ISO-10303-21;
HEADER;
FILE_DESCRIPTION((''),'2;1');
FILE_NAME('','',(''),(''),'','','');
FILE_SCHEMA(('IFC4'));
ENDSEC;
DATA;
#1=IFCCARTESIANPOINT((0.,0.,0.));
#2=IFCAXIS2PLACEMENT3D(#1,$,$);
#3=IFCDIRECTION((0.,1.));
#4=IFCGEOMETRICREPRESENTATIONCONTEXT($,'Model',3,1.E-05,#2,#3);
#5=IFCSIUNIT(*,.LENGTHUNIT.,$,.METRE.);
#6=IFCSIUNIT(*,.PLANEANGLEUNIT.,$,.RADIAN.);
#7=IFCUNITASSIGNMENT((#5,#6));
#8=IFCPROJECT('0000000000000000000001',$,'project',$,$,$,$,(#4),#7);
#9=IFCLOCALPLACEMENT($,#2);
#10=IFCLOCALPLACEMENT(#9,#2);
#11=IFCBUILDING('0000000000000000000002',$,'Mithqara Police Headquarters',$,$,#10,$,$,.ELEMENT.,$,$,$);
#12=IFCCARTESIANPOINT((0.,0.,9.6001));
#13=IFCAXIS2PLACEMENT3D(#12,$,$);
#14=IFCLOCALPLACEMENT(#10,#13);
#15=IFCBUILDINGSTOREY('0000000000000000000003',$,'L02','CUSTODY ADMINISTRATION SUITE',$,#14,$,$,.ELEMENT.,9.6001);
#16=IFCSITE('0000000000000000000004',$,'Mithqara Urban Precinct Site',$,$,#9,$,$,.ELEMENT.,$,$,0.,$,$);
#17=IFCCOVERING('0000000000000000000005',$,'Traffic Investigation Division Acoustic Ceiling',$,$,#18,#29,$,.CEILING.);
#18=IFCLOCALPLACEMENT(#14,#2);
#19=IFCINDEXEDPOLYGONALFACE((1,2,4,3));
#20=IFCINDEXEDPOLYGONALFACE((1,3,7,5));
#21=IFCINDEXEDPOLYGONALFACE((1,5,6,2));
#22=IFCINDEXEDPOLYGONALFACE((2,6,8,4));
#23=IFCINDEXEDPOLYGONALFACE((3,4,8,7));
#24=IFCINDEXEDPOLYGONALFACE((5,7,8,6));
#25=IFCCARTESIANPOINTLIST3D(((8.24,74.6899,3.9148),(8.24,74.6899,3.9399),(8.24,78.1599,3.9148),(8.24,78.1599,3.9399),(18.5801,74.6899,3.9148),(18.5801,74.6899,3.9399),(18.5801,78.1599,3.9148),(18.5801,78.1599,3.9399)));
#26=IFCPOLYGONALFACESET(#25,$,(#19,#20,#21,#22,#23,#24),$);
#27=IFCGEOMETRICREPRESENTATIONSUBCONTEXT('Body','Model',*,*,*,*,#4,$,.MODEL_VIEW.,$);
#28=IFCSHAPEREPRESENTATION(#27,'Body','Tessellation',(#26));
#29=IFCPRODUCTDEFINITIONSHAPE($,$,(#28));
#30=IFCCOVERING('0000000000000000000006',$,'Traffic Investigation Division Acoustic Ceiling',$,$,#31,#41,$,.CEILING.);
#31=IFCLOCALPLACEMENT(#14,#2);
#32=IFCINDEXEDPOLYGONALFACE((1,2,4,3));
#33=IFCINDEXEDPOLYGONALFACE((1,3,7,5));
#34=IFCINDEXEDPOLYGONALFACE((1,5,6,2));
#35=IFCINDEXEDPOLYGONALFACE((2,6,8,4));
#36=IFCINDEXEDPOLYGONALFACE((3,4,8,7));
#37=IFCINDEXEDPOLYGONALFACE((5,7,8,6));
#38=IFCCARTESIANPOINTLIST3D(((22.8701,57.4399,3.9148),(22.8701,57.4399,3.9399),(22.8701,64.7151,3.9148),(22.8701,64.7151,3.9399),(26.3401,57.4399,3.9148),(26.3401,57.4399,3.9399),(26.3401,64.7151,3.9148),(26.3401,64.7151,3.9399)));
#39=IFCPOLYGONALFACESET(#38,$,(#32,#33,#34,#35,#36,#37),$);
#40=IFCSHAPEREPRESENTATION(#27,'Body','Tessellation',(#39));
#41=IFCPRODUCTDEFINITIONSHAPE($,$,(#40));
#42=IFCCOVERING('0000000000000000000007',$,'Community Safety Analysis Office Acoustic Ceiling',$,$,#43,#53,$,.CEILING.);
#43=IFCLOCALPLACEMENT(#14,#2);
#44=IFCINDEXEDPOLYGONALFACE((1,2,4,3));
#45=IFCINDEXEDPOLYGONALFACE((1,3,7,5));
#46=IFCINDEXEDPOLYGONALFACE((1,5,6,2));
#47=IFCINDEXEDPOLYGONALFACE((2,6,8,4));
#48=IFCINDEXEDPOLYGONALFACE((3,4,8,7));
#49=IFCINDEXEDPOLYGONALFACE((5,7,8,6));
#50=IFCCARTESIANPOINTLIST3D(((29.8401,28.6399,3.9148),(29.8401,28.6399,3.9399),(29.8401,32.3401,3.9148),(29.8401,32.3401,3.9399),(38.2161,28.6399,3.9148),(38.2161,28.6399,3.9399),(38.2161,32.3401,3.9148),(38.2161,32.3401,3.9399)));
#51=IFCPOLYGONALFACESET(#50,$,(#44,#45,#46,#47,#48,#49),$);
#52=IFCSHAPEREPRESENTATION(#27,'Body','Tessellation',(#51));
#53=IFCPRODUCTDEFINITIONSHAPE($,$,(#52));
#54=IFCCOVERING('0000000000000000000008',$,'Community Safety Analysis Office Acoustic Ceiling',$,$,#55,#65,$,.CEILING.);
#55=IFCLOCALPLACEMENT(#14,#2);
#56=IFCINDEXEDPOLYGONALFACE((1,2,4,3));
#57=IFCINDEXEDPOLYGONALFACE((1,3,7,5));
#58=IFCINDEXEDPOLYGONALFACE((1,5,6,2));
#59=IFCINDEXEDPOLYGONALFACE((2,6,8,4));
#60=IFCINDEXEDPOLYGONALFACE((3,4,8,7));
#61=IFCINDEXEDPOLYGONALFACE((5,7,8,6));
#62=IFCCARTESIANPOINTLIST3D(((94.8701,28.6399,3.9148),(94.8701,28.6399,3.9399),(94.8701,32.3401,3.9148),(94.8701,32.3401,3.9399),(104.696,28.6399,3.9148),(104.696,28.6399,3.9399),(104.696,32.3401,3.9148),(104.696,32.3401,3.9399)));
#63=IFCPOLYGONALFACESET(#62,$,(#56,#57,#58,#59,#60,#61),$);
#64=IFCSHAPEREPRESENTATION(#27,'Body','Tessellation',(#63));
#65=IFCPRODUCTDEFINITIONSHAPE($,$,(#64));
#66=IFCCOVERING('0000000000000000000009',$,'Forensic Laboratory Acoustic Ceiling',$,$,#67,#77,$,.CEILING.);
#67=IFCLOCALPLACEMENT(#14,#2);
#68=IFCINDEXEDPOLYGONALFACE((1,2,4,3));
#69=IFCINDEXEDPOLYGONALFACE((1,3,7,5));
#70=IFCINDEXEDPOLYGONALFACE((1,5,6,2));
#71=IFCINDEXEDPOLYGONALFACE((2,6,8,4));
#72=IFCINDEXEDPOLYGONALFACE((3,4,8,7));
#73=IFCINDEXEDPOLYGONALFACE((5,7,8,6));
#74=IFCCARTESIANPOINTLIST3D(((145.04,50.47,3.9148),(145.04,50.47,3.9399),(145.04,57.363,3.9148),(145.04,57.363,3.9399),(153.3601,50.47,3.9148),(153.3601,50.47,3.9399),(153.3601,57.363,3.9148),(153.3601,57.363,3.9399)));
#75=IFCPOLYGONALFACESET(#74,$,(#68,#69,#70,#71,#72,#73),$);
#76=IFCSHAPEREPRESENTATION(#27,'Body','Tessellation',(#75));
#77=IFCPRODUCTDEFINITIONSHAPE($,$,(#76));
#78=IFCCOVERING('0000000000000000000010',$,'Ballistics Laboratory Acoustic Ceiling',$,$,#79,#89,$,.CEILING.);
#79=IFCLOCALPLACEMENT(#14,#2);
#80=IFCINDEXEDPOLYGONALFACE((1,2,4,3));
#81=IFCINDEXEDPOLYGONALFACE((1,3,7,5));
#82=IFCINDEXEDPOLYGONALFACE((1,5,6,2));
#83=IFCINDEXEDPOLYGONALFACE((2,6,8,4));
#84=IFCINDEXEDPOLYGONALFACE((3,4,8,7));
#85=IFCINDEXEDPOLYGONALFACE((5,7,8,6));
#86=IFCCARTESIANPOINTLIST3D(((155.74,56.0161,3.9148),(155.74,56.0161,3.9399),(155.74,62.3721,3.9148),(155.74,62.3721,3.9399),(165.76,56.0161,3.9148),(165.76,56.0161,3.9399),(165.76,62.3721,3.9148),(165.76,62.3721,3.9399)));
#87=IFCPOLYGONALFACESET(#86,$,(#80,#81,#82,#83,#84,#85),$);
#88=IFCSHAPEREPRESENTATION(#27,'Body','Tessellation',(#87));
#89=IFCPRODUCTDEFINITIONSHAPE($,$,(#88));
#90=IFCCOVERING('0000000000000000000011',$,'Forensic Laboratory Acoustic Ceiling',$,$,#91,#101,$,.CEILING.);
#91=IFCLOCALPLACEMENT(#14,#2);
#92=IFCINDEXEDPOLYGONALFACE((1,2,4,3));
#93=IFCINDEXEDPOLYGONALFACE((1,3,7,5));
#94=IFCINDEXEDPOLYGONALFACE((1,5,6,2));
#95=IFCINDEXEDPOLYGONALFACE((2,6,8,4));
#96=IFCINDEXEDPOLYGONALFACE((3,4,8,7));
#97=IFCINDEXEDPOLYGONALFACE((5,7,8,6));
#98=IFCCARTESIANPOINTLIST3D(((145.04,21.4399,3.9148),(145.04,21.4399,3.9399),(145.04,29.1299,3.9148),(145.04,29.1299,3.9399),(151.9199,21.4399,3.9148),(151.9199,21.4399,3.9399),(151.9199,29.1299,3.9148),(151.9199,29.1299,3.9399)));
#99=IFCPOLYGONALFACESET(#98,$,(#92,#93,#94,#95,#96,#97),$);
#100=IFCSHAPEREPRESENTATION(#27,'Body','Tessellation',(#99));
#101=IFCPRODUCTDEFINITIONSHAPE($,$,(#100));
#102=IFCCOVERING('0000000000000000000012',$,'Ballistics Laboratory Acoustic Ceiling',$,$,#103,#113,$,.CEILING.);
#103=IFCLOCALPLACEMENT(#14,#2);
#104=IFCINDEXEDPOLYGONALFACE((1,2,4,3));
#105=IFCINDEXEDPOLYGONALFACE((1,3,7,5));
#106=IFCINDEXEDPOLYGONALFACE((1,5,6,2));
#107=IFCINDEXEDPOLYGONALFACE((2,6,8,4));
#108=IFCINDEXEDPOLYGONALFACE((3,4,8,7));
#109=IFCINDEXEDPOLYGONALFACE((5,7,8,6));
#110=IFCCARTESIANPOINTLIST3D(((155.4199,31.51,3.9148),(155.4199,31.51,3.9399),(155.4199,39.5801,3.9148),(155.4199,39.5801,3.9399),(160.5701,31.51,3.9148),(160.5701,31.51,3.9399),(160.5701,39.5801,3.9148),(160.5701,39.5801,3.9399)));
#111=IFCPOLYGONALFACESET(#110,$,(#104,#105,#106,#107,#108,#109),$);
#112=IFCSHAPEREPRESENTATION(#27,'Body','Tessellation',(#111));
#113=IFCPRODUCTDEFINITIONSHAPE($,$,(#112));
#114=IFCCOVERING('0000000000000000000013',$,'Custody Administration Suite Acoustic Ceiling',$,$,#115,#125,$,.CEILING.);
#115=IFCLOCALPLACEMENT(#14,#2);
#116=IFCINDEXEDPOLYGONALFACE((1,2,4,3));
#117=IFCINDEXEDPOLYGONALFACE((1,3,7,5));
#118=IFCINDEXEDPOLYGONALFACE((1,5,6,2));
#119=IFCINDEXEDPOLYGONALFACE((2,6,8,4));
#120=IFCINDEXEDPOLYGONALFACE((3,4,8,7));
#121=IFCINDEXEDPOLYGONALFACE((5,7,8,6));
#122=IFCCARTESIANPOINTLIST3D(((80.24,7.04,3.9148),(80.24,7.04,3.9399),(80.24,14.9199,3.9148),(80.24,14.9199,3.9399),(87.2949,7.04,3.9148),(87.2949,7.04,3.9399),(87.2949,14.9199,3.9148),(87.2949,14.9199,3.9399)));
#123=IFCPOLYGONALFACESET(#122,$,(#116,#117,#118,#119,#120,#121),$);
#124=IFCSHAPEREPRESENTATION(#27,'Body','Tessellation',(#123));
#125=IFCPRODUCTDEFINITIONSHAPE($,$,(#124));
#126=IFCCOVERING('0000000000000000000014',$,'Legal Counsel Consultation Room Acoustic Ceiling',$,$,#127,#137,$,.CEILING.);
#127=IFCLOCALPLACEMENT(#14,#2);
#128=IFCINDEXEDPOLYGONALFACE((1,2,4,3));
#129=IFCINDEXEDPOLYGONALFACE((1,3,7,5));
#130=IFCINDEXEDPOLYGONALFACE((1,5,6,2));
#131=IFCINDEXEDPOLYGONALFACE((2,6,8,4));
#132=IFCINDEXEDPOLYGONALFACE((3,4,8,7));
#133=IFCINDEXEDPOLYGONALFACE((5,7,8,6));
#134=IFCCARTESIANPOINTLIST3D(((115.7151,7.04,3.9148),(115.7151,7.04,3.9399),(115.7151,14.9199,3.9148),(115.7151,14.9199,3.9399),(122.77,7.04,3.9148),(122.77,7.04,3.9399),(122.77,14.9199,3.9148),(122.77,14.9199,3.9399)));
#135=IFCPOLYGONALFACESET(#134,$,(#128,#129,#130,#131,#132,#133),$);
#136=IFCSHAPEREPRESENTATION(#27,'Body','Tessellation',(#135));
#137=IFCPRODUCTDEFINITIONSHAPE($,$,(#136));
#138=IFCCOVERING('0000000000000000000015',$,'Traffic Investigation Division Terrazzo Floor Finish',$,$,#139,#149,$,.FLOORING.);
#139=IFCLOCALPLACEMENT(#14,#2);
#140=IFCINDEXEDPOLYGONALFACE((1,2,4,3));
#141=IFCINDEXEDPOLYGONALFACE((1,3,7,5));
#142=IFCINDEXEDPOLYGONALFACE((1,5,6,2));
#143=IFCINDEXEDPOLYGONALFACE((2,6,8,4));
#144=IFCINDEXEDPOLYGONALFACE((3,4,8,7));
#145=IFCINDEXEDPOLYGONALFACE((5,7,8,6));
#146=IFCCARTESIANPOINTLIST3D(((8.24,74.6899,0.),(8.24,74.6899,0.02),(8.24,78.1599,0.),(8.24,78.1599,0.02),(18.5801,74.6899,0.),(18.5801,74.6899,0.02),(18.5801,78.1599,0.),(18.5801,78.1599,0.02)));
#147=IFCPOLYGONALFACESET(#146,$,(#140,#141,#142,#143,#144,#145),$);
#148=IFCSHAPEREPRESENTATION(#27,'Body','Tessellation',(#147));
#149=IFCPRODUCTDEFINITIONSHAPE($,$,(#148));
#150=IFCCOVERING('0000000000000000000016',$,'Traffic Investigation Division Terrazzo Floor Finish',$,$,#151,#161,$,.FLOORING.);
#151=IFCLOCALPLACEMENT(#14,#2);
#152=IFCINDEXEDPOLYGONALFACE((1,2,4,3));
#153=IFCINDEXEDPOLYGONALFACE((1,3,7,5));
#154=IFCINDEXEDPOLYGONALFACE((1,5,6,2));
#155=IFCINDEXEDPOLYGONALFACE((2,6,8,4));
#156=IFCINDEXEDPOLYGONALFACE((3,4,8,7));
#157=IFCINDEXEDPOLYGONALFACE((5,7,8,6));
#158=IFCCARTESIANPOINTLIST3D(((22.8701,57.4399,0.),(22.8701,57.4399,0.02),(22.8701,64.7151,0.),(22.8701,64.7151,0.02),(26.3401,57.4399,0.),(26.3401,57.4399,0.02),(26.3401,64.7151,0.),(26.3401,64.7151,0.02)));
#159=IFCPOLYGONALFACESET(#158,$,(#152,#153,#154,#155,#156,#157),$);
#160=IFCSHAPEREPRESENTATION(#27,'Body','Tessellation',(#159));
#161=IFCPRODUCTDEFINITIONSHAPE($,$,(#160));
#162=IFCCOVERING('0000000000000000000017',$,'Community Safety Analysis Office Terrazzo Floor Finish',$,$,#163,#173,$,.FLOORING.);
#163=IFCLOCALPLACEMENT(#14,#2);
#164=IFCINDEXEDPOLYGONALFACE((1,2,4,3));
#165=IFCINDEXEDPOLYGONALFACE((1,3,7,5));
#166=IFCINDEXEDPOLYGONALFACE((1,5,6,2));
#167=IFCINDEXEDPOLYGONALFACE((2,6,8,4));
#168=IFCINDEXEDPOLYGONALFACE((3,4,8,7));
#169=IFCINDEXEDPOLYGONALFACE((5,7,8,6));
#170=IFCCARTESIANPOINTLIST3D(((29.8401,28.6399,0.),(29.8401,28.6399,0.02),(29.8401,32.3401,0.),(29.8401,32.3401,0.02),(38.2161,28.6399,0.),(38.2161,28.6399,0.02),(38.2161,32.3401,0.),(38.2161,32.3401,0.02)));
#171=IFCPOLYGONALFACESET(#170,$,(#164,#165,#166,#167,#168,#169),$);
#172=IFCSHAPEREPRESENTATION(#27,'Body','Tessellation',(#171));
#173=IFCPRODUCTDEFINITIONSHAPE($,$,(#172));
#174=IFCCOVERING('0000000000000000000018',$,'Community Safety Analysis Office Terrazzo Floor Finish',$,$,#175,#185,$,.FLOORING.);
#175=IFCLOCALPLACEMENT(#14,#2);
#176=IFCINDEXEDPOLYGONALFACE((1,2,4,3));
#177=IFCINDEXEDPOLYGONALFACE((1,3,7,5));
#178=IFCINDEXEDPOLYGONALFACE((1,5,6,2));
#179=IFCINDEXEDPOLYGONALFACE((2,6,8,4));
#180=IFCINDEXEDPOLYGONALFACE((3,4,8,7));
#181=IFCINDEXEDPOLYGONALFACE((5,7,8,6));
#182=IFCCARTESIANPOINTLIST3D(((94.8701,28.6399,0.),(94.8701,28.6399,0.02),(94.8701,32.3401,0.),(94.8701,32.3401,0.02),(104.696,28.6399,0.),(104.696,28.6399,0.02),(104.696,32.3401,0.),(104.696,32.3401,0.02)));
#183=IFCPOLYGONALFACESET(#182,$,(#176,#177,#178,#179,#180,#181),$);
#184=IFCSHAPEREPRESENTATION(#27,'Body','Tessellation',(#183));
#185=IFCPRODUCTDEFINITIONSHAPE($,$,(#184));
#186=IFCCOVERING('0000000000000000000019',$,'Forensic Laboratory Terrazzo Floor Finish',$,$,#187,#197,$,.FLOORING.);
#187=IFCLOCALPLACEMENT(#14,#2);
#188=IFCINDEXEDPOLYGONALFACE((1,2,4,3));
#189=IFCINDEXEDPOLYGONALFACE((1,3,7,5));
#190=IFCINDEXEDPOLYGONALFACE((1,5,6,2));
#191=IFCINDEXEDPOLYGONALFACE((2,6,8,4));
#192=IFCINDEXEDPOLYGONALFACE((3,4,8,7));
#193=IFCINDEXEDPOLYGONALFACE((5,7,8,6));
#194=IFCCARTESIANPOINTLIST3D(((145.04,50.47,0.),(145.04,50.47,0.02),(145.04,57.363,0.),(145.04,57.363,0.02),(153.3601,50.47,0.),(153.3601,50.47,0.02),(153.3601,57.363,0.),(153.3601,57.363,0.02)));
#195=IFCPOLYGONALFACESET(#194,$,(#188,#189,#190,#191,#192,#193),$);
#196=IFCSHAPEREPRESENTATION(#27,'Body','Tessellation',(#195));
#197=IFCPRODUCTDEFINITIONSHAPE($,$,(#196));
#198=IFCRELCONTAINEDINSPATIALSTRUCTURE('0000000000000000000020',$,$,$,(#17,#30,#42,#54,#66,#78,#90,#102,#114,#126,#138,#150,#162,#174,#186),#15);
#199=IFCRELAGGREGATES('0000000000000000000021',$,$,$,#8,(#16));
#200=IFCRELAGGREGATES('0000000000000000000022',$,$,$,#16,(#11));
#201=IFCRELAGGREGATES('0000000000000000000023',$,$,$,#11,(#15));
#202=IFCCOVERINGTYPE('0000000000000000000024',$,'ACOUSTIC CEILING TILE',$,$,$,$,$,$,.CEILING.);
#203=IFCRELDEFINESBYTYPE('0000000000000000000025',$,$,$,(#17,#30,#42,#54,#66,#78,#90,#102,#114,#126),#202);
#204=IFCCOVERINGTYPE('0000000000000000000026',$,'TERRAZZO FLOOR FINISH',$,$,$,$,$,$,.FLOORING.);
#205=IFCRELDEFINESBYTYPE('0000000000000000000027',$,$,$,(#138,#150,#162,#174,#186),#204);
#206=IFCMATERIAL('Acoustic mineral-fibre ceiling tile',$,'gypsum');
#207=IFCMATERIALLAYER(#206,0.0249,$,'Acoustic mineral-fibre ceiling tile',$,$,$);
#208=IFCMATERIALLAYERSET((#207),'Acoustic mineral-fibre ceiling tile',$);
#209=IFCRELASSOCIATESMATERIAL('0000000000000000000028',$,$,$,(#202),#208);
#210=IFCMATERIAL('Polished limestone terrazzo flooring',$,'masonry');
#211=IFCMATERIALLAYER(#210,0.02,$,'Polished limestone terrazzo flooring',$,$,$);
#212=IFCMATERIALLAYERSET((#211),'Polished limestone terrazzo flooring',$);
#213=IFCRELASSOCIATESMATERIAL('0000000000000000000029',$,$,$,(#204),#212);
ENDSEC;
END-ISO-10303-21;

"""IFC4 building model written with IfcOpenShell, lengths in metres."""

from ifc_helpers import new_model, si_unit, direction, frame, origin, place, context, subcontext, project, spatial, polyline, outline, extrude, material, layer, layer_set, type_object, element, save


model = new_model("IFC4")

# Units and contexts
model_context = context("Model", 3, precision=1e-05, world=origin(), true_north=direction((0.0, 1.0)))
body_context = subcontext(model_context, "Body", "Model", "MODEL_VIEW")
ifc_project = project(units=[si_unit("LENGTHUNIT", "METRE"), si_unit("PLANEANGLEUNIT", "RADIAN")], contexts=[model_context])

# Site, building, storey
site_placement = place(None, origin())
site = spatial("IfcSite", under=ifc_project, at=site_placement, Name="Mithqara Urban Precinct Site", CompositionType="ELEMENT", RefElevation=0.0)
building_placement = place(site_placement, origin())
building = spatial("IfcBuilding", under=site, at=building_placement, Name="Mithqara Police Headquarters", CompositionType="ELEMENT")
storey_placement = place(building_placement, frame((0.0, 0.0, 9.6001)))
storey = spatial("IfcBuildingStorey", under=building, at=storey_placement, Name="L02", Description="CUSTODY ADMINISTRATION SUITE", CompositionType="ELEMENT", Elevation=9.6001)

# Coverings
ifc_material_1 = material(Name="Acoustic mineral-fibre ceiling tile", Category="gypsum")
ifc_layer_1 = layer(ifc_material_1, 0.0249, Name="Acoustic mineral-fibre ceiling tile")
ifc_layer_set_1 = layer_set([ifc_layer_1], Name="Acoustic mineral-fibre ceiling tile")
covering_type_1 = type_object("IfcCoveringType", Name="ACOUSTIC CEILING TILE", PredefinedType="CEILING", material=ifc_layer_set_1)
covering_1_placement = place(storey_placement, frame((0.0, 0.0, 3.9148)))
element("IfcCovering", 1, at=covering_1_placement, inside=storey, type_object=covering_type_1, Name="Traffic Investigation Division Acoustic Ceiling", PredefinedType="CEILING", context=body_context, shape_type="SweptSolid", body=[
    extrude(outline(polyline([(8.24, 74.6899), (18.5801, 74.6899), (18.5801, 78.1599), (8.24, 78.1599), (8.24, 74.6899)])), origin(), (0.0, 0.0, 1.0), 0.0251),
])
covering_2_placement = place(storey_placement, frame((0.0, 0.0, 3.9148)))
element("IfcCovering", 2, at=covering_2_placement, inside=storey, type_object=covering_type_1, Name="Traffic Investigation Division Acoustic Ceiling", PredefinedType="CEILING", context=body_context, shape_type="SweptSolid", body=[
    extrude(outline(polyline([(22.8701, 57.4399), (26.3401, 57.4399), (26.3401, 64.7151), (22.8701, 64.7151), (22.8701, 57.4399)])), origin(), (0.0, 0.0, 1.0), 0.0251),
])
covering_3_placement = place(storey_placement, frame((0.0, 0.0, 3.9148)))
element("IfcCovering", 3, at=covering_3_placement, inside=storey, type_object=covering_type_1, Name="Community Safety Analysis Office Acoustic Ceiling", PredefinedType="CEILING", context=body_context, shape_type="SweptSolid", body=[
    extrude(outline(polyline([(29.8401, 28.6399), (38.2161, 28.6399), (38.2161, 32.3401), (29.8401, 32.3401), (29.8401, 28.6399)])), origin(), (0.0, 0.0, 1.0), 0.0251),
])
covering_4_placement = place(storey_placement, frame((0.0, 0.0, 3.9148)))
element("IfcCovering", 4, at=covering_4_placement, inside=storey, type_object=covering_type_1, Name="Community Safety Analysis Office Acoustic Ceiling", PredefinedType="CEILING", context=body_context, shape_type="SweptSolid", body=[
    extrude(outline(polyline([(94.8701, 28.6399), (104.696, 28.6399), (104.696, 32.3401), (94.8701, 32.3401), (94.8701, 28.6399)])), origin(), (0.0, 0.0, 1.0), 0.0251),
])
covering_5_placement = place(storey_placement, frame((0.0, 0.0, 3.9148)))
element("IfcCovering", 5, at=covering_5_placement, inside=storey, type_object=covering_type_1, Name="Forensic Laboratory Acoustic Ceiling", PredefinedType="CEILING", context=body_context, shape_type="SweptSolid", body=[
    extrude(outline(polyline([(145.04, 50.47), (153.3601, 50.47), (153.3601, 57.363), (145.04, 57.363), (145.04, 50.47)])), origin(), (0.0, 0.0, 1.0), 0.0251),
])
covering_6_placement = place(storey_placement, frame((0.0, 0.0, 3.9148)))
element("IfcCovering", 6, at=covering_6_placement, inside=storey, type_object=covering_type_1, Name="Ballistics Laboratory Acoustic Ceiling", PredefinedType="CEILING", context=body_context, shape_type="SweptSolid", body=[
    extrude(outline(polyline([(155.74, 56.0161), (165.76, 56.0161), (165.76, 62.3721), (155.74, 62.3721), (155.74, 56.0161)])), origin(), (0.0, 0.0, 1.0), 0.0251),
])
covering_7_placement = place(storey_placement, frame((0.0, 0.0, 3.9148)))
element("IfcCovering", 7, at=covering_7_placement, inside=storey, type_object=covering_type_1, Name="Forensic Laboratory Acoustic Ceiling", PredefinedType="CEILING", context=body_context, shape_type="SweptSolid", body=[
    extrude(outline(polyline([(145.04, 21.4399), (151.9199, 21.4399), (151.9199, 29.1299), (145.04, 29.1299), (145.04, 21.4399)])), origin(), (0.0, 0.0, 1.0), 0.0251),
])
covering_8_placement = place(storey_placement, frame((0.0, 0.0, 3.9148)))
element("IfcCovering", 8, at=covering_8_placement, inside=storey, type_object=covering_type_1, Name="Ballistics Laboratory Acoustic Ceiling", PredefinedType="CEILING", context=body_context, shape_type="SweptSolid", body=[
    extrude(outline(polyline([(155.4199, 31.51), (160.5701, 31.51), (160.5701, 39.5801), (155.4199, 39.5801), (155.4199, 31.51)])), origin(), (0.0, 0.0, 1.0), 0.0251),
])
covering_9_placement = place(storey_placement, frame((0.0, 0.0, 3.9148)))
element("IfcCovering", 9, at=covering_9_placement, inside=storey, type_object=covering_type_1, Name="Custody Administration Suite Acoustic Ceiling", PredefinedType="CEILING", context=body_context, shape_type="SweptSolid", body=[
    extrude(outline(polyline([(80.24, 7.04), (87.2949, 7.04), (87.2949, 14.9199), (80.24, 14.9199), (80.24, 7.04)])), origin(), (0.0, 0.0, 1.0), 0.0251),
])
covering_10_placement = place(storey_placement, frame((0.0, 0.0, 3.9148)))
element("IfcCovering", 10, at=covering_10_placement, inside=storey, type_object=covering_type_1, Name="Legal Counsel Consultation Room Acoustic Ceiling", PredefinedType="CEILING", context=body_context, shape_type="SweptSolid", body=[
    extrude(outline(polyline([(115.7151, 7.04), (122.77, 7.04), (122.77, 14.9199), (115.7151, 14.9199), (115.7151, 7.04)])), origin(), (0.0, 0.0, 1.0), 0.0251),
])
ifc_material_2 = material(Name="Polished limestone terrazzo flooring", Category="masonry")
ifc_layer_2 = layer(ifc_material_2, 0.02, Name="Polished limestone terrazzo flooring")
ifc_layer_set_2 = layer_set([ifc_layer_2], Name="Polished limestone terrazzo flooring")
covering_type_2 = type_object("IfcCoveringType", Name="TERRAZZO FLOOR FINISH", PredefinedType="FLOORING", material=ifc_layer_set_2)
covering_11_placement = place(storey_placement, origin())
element("IfcCovering", 11, at=covering_11_placement, inside=storey, type_object=covering_type_2, Name="Traffic Investigation Division Terrazzo Floor Finish", PredefinedType="FLOORING", context=body_context, shape_type="SweptSolid", body=[
    extrude(outline(polyline([(8.24, 74.6899), (18.5801, 74.6899), (18.5801, 78.1599), (8.24, 78.1599), (8.24, 74.6899)])), origin(), (0.0, 0.0, 1.0), 0.02),
])
covering_12_placement = place(storey_placement, origin())
element("IfcCovering", 12, at=covering_12_placement, inside=storey, type_object=covering_type_2, Name="Traffic Investigation Division Terrazzo Floor Finish", PredefinedType="FLOORING", context=body_context, shape_type="SweptSolid", body=[
    extrude(outline(polyline([(22.8701, 57.4399), (26.3401, 57.4399), (26.3401, 64.7151), (22.8701, 64.7151), (22.8701, 57.4399)])), origin(), (0.0, 0.0, 1.0), 0.02),
])
covering_13_placement = place(storey_placement, origin())
element("IfcCovering", 13, at=covering_13_placement, inside=storey, type_object=covering_type_2, Name="Community Safety Analysis Office Terrazzo Floor Finish", PredefinedType="FLOORING", context=body_context, shape_type="SweptSolid", body=[
    extrude(outline(polyline([(29.8401, 28.6399), (38.2161, 28.6399), (38.2161, 32.3401), (29.8401, 32.3401), (29.8401, 28.6399)])), origin(), (0.0, 0.0, 1.0), 0.02),
])
covering_14_placement = place(storey_placement, origin())
element("IfcCovering", 14, at=covering_14_placement, inside=storey, type_object=covering_type_2, Name="Community Safety Analysis Office Terrazzo Floor Finish", PredefinedType="FLOORING", context=body_context, shape_type="SweptSolid", body=[
    extrude(outline(polyline([(94.8701, 28.6399), (104.696, 28.6399), (104.696, 32.3401), (94.8701, 32.3401), (94.8701, 28.6399)])), origin(), (0.0, 0.0, 1.0), 0.02),
])
covering_15_placement = place(storey_placement, origin())
element("IfcCovering", 15, at=covering_15_placement, inside=storey, type_object=covering_type_2, Name="Forensic Laboratory Terrazzo Floor Finish", PredefinedType="FLOORING", context=body_context, shape_type="SweptSolid", body=[
    extrude(outline(polyline([(145.04, 50.47), (153.3601, 50.47), (153.3601, 57.363), (145.04, 57.363), (145.04, 50.47)])), origin(), (0.0, 0.0, 1.0), 0.02),
])

save(model, "model.ifc")
